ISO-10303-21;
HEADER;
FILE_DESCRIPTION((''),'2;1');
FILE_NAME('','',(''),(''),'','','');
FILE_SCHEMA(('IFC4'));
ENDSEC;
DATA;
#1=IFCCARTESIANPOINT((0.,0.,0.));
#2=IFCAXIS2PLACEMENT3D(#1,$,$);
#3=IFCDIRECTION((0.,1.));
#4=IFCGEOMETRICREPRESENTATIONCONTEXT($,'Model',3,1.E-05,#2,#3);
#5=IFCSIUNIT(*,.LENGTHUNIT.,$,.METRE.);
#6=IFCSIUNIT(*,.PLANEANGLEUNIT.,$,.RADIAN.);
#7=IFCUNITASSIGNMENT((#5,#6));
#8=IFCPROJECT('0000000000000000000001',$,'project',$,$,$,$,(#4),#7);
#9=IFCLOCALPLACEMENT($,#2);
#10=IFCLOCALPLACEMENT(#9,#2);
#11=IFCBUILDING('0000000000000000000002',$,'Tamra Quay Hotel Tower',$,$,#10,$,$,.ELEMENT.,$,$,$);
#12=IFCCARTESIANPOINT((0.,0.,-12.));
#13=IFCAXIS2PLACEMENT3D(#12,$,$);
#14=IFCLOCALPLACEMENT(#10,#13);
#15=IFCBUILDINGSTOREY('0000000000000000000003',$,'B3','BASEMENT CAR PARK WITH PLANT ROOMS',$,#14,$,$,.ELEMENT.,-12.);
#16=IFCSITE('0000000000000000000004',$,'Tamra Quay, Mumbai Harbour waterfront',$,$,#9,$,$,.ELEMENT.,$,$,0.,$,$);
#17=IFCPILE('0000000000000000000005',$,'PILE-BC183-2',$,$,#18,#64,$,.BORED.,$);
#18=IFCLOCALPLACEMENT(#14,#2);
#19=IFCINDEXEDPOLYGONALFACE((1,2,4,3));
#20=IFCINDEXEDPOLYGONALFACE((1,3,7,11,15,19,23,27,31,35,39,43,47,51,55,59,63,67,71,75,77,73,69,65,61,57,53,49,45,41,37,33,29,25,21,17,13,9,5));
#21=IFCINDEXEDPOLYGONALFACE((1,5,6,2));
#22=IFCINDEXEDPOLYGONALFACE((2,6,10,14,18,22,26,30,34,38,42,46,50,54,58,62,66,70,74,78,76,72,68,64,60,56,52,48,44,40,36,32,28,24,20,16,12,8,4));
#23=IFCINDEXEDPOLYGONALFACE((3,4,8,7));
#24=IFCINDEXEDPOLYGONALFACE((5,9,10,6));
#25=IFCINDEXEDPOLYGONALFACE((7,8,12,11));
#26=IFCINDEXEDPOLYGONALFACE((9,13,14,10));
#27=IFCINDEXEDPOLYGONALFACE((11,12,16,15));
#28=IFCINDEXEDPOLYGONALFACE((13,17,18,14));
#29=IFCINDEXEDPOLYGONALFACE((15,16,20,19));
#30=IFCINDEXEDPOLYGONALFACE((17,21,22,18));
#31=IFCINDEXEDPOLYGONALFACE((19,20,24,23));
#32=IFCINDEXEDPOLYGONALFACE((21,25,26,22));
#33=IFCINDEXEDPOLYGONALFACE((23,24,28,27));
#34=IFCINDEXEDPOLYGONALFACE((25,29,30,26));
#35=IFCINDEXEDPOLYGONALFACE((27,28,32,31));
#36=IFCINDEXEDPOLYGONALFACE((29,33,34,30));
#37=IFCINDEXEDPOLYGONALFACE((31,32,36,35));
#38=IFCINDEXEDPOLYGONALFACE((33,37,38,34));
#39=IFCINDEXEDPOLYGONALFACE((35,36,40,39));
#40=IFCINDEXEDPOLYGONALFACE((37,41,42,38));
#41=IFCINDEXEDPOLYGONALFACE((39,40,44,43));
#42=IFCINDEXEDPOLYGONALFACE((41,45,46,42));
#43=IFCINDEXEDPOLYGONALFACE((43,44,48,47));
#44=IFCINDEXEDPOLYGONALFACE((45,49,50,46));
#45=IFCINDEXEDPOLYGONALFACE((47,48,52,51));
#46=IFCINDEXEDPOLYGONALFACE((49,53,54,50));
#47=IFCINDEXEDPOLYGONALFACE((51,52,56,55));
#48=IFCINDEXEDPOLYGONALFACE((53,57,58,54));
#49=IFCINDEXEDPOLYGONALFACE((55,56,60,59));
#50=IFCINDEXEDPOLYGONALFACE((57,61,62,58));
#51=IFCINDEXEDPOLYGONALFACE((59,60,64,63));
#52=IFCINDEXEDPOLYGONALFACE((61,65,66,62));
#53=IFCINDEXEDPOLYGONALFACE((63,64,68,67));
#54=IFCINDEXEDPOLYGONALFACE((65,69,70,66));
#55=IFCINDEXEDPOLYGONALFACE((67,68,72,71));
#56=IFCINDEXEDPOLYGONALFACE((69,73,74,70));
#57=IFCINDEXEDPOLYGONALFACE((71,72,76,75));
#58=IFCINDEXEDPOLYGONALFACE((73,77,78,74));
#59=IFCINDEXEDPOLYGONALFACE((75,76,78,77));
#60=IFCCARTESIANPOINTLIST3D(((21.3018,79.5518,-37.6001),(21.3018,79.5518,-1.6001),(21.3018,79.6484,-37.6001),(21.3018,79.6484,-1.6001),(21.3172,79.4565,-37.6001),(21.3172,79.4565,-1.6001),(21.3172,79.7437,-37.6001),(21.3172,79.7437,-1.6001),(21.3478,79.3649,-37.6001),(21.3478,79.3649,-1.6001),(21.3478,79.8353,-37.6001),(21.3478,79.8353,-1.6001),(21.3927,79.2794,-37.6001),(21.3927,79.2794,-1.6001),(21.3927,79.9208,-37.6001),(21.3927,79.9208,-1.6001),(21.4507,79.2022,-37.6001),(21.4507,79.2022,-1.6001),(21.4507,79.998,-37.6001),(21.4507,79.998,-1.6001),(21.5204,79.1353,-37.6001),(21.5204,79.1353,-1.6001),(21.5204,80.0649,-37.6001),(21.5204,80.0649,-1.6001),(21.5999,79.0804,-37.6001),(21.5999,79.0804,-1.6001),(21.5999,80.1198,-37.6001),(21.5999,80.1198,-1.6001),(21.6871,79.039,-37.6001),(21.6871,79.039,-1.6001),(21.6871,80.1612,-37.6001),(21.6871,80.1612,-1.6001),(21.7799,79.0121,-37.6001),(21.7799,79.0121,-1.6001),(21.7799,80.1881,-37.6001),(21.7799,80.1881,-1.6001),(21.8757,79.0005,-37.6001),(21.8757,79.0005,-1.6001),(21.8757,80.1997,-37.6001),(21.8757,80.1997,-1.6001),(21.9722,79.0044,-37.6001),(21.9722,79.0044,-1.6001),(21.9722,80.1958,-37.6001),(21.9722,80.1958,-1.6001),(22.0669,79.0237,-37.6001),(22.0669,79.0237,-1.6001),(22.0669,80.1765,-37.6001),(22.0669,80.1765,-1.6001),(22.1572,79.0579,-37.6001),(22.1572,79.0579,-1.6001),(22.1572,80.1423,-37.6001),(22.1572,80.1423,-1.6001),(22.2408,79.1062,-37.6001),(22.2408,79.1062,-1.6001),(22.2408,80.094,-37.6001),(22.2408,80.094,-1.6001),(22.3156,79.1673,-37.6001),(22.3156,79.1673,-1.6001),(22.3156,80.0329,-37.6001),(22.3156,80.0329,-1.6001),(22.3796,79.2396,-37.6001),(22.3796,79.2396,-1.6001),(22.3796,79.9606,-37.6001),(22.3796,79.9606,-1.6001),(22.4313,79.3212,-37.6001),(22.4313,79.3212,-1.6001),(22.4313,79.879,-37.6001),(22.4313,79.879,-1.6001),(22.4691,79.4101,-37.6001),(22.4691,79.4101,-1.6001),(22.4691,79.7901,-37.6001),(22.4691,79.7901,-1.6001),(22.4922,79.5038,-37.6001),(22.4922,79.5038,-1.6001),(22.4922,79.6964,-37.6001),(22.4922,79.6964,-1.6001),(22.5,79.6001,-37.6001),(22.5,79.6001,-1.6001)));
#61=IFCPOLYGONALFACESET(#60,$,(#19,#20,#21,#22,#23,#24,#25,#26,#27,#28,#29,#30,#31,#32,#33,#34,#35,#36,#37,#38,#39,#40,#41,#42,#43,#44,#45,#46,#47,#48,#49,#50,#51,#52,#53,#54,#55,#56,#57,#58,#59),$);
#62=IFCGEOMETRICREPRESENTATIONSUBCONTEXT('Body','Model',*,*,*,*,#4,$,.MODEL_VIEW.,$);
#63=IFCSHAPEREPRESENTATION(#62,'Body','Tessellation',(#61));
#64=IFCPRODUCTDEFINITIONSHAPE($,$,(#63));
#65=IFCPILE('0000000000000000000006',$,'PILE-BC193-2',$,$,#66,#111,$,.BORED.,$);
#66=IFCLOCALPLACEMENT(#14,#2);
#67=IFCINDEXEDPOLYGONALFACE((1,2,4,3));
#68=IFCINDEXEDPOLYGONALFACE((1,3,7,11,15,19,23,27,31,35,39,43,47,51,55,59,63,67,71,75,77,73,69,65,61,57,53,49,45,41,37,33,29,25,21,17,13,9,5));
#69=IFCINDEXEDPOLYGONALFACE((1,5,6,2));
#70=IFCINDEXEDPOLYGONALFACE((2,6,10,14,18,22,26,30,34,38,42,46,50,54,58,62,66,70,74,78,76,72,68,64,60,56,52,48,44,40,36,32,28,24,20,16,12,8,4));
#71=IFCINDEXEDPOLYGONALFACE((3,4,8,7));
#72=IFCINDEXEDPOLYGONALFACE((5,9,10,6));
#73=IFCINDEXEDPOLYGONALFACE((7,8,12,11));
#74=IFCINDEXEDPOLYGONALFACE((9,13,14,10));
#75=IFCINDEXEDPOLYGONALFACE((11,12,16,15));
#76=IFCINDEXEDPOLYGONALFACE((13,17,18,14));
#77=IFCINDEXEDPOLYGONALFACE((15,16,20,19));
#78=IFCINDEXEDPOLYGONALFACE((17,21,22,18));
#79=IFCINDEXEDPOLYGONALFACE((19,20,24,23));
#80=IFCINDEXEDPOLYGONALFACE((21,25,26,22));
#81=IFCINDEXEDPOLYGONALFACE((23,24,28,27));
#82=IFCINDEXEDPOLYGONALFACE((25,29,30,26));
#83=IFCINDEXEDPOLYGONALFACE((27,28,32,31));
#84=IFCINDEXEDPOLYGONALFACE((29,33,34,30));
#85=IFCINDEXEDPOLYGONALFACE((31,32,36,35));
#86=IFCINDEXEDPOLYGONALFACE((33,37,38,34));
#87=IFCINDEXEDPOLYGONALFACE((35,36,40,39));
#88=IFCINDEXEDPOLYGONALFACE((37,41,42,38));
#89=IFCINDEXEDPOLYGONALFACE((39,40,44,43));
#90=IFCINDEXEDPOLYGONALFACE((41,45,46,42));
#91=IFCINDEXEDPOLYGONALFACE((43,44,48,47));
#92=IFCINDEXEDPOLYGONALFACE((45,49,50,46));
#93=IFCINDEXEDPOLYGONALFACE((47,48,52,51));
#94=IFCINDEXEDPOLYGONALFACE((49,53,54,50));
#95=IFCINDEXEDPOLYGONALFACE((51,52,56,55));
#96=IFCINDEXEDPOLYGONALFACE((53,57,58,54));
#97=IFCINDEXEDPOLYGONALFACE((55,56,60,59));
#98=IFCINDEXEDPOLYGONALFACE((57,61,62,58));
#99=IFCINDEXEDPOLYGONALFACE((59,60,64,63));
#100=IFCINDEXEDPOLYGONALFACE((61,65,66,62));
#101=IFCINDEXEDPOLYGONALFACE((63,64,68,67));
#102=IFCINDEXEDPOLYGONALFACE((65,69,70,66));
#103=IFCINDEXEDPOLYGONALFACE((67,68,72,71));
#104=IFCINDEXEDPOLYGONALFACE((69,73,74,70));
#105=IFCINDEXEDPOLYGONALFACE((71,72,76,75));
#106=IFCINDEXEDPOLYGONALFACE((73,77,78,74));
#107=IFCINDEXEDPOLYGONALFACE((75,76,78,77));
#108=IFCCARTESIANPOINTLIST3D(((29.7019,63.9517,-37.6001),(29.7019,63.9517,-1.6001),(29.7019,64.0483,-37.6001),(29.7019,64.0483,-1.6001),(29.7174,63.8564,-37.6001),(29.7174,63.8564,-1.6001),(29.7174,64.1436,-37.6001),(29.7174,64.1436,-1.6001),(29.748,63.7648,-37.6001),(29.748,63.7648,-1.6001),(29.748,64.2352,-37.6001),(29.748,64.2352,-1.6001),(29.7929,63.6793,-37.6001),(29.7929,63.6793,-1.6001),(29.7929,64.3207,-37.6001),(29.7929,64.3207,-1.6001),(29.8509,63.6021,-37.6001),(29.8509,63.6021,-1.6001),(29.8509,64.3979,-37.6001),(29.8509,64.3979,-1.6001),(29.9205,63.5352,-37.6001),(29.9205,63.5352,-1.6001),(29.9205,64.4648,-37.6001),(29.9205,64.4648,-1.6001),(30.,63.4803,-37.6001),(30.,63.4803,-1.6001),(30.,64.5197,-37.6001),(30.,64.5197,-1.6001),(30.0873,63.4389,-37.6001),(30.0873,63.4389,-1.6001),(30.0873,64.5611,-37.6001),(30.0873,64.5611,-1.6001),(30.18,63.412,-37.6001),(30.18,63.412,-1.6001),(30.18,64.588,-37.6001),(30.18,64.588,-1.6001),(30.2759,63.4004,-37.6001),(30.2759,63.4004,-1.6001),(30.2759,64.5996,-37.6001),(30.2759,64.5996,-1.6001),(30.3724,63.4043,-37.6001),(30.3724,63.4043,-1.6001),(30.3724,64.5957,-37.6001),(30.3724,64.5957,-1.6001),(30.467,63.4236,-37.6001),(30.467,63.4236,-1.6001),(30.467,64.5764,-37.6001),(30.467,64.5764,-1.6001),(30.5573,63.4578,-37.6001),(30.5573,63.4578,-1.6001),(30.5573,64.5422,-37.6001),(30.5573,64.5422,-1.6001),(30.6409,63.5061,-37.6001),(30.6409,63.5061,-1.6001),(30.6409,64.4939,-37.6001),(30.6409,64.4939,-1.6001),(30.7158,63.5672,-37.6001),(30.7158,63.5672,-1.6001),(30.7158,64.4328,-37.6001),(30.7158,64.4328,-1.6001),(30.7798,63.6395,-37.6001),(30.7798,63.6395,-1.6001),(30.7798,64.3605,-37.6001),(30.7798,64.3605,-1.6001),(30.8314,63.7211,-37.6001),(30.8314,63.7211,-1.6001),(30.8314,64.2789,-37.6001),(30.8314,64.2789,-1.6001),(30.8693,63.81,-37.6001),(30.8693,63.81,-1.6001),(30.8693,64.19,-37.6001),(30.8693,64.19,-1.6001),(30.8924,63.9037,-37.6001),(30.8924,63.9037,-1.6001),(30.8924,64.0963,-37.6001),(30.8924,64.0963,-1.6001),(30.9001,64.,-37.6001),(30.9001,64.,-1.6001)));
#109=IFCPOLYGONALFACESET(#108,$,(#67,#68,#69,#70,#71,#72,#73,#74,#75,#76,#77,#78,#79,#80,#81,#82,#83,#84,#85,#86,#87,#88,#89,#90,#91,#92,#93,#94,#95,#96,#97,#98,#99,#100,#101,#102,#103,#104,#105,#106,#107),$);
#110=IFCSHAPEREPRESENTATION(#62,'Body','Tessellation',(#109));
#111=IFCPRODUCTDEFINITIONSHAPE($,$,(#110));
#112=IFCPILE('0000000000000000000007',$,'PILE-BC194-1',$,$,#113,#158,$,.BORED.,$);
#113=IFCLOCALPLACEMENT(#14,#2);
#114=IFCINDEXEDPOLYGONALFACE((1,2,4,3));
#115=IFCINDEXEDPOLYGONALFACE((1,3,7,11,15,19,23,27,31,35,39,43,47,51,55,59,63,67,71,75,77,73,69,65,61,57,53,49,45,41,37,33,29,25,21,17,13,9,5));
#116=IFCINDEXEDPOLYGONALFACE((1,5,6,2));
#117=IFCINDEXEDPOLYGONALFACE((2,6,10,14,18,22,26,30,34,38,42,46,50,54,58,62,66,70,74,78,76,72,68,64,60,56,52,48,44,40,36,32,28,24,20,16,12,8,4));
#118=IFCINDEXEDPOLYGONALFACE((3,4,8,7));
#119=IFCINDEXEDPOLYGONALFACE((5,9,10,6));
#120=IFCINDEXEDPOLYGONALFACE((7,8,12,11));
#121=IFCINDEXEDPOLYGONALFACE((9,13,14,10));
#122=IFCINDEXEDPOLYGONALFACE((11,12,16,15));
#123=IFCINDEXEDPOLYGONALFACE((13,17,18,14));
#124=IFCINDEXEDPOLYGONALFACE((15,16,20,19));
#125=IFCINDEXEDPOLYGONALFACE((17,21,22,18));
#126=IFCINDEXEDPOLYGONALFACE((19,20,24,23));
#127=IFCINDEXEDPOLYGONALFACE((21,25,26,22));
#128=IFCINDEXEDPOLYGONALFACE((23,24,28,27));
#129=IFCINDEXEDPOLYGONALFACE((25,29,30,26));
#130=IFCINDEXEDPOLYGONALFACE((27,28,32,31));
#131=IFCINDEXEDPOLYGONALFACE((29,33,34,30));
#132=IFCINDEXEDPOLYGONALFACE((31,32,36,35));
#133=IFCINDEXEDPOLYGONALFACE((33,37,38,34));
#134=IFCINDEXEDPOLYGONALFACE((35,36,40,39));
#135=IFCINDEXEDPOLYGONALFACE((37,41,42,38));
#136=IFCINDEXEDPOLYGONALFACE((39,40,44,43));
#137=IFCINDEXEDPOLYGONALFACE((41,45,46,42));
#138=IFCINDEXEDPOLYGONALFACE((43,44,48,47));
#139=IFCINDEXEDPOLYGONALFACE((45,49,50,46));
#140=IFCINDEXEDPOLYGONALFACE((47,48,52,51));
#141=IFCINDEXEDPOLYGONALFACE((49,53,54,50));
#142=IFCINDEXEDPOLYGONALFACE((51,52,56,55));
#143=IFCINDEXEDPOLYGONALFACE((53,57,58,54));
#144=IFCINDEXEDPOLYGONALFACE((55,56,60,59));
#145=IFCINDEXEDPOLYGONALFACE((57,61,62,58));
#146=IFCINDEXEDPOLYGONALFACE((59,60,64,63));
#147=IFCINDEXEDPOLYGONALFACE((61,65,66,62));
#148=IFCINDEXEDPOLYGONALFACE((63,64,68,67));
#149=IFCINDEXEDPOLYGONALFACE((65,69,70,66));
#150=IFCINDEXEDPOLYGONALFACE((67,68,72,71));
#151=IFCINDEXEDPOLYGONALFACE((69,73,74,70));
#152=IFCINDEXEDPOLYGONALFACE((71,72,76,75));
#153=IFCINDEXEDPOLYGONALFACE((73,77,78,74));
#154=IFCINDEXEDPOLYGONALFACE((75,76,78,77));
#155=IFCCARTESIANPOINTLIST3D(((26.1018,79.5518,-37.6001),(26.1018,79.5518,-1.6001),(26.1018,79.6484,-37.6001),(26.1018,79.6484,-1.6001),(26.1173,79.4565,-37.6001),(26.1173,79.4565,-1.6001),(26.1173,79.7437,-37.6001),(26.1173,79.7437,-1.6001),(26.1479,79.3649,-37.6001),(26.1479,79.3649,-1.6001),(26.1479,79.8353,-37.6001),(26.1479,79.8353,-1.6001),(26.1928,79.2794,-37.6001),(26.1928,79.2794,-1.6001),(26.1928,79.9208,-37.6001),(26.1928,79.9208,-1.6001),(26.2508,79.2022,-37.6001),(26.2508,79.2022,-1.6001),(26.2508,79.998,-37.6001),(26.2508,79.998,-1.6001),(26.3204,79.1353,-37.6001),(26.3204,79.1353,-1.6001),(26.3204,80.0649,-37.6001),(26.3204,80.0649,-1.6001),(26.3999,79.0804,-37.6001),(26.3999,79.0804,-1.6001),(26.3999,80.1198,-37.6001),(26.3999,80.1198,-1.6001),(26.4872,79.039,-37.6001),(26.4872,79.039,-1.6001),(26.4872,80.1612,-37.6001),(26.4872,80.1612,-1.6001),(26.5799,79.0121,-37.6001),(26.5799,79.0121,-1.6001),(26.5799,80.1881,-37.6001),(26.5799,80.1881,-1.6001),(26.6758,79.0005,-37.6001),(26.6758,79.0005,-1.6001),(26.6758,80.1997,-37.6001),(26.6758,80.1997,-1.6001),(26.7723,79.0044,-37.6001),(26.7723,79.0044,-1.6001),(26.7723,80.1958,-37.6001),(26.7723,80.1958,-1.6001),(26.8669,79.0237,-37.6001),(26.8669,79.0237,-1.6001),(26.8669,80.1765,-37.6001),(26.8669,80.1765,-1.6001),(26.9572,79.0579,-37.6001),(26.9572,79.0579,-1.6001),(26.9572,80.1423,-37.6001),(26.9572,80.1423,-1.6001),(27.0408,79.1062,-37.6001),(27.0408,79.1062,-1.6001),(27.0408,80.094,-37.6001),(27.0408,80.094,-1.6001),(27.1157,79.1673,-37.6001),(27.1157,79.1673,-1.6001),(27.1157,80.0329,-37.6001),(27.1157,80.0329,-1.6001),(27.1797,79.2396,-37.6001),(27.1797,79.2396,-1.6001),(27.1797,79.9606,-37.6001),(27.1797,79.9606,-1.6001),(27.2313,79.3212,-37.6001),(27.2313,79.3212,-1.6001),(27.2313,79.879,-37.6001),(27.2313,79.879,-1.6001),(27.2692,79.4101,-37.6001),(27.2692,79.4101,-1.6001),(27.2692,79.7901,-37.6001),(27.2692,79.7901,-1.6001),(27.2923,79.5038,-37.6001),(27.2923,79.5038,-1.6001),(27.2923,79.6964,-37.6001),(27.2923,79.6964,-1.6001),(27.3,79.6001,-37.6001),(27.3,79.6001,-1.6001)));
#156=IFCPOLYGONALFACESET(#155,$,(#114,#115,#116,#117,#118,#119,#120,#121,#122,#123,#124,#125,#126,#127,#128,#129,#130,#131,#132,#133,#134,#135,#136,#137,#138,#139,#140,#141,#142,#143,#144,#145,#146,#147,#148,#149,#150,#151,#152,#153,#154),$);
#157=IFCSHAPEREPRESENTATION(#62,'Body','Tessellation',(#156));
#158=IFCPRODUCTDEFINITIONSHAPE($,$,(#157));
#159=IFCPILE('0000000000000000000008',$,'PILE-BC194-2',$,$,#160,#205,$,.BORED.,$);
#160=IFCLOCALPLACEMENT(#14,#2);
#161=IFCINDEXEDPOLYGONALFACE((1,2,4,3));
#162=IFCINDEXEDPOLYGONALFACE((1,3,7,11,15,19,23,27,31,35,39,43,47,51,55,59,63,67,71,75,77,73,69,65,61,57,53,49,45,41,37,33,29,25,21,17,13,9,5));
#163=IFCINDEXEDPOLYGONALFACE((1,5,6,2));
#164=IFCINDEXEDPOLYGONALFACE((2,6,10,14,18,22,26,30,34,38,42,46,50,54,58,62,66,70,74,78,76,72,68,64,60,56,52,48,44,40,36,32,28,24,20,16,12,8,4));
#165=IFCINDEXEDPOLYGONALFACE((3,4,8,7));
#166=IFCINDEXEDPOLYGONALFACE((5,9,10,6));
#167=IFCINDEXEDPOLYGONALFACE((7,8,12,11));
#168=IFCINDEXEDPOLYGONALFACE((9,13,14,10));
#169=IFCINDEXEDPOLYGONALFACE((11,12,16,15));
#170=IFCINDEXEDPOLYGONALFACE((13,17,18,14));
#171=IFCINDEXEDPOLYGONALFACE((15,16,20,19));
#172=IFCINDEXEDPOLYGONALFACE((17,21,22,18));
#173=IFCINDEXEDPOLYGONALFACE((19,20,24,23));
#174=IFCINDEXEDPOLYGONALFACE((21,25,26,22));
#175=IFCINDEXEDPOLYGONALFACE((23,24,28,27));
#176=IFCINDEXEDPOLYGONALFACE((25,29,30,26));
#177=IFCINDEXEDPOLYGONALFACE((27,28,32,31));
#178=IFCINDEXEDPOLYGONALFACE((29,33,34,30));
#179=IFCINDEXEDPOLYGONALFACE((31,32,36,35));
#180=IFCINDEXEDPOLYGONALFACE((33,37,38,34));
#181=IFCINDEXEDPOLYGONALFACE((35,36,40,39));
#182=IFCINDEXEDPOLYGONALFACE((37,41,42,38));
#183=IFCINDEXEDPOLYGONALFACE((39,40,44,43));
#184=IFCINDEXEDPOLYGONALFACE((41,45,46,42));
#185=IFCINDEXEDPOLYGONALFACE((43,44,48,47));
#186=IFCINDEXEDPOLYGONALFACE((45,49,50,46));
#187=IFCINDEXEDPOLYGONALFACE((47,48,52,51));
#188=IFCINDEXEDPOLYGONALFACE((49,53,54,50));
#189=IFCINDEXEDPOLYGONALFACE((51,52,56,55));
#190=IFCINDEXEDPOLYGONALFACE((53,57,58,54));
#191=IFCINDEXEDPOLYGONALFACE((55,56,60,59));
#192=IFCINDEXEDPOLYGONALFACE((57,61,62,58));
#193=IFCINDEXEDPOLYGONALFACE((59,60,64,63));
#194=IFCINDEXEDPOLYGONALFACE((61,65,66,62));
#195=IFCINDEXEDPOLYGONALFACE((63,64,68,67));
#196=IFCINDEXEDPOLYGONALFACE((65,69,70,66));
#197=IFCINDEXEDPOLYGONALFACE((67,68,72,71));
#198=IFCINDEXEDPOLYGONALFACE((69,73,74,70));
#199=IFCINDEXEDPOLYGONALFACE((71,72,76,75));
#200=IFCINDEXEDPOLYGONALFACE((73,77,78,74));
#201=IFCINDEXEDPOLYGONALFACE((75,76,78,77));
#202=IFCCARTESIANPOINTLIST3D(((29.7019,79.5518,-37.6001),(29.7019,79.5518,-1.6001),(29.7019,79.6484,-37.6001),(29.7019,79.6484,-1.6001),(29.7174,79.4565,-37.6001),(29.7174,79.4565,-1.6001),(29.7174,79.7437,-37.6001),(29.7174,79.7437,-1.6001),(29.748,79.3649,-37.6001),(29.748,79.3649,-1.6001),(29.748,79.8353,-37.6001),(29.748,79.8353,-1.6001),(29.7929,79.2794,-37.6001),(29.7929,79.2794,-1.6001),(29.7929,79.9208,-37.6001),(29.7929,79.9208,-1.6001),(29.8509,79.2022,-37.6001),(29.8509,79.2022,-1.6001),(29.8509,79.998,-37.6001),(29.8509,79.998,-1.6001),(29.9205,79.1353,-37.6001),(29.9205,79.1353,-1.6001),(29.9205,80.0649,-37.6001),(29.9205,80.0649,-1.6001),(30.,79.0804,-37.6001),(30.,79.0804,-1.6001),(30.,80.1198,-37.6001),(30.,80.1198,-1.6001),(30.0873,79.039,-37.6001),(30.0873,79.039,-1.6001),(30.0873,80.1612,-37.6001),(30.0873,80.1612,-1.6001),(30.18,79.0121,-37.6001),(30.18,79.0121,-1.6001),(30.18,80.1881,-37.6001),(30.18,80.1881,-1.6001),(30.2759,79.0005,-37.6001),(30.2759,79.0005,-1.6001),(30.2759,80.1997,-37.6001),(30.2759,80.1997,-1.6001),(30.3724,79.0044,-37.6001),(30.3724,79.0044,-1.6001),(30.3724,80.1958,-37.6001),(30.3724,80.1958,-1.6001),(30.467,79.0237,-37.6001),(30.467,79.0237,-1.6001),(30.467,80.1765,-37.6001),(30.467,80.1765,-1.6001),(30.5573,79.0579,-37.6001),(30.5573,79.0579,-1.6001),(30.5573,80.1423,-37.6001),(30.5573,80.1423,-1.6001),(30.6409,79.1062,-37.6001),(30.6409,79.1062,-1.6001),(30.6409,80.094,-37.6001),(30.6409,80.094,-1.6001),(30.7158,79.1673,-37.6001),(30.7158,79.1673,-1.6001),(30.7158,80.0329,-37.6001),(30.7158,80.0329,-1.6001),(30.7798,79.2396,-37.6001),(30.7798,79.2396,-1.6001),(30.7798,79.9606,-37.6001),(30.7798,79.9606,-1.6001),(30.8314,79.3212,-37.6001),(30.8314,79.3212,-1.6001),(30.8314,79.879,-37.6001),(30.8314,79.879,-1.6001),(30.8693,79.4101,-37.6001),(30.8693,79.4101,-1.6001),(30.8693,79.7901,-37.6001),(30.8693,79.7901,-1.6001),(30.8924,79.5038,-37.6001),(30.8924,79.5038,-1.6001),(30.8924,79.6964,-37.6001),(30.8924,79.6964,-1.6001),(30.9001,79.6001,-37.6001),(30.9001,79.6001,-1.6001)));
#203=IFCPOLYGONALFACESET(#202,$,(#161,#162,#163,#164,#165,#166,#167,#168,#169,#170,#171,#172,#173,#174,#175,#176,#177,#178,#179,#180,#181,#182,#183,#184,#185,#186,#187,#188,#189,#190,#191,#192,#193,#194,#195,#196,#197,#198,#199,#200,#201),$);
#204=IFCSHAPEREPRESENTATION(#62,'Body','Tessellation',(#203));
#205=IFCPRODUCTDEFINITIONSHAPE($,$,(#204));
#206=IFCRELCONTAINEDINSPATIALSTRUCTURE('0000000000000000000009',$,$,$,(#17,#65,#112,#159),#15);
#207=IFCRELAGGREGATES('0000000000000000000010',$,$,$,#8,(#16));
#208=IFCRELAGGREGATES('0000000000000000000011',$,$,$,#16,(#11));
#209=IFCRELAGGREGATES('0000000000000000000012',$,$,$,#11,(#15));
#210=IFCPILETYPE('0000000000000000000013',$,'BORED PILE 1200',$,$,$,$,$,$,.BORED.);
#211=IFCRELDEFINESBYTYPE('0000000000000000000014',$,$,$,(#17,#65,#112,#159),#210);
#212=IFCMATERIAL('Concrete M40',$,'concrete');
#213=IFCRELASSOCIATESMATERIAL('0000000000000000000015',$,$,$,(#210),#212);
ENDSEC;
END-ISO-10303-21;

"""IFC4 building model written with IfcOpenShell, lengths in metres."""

from ifc_helpers import new_model, si_unit, direction, frame, origin, origin_2d, place, context, subcontext, project, spatial, circle, extrude, material, material_profile, profile_set, type_object, element, save


model = new_model("IFC4")

# Units and contexts
model_context = context("Model", 3, precision=1e-05, world=origin(), true_north=direction((0.0, 1.0)))
body_context = subcontext(model_context, "Body", "Model", "MODEL_VIEW")
ifc_project = project(units=[si_unit("LENGTHUNIT", "METRE"), si_unit("PLANEANGLEUNIT", "RADIAN")], contexts=[model_context])

# Site, building, storey
site_placement = place(None, origin())
site = spatial("IfcSite", under=ifc_project, at=site_placement, Name="Tamra Quay, Mumbai Harbour waterfront", CompositionType="ELEMENT", RefElevation=0.0)
building_placement = place(site_placement, origin())
building = spatial("IfcBuilding", under=site, at=building_placement, Name="Tamra Quay Hotel Tower", CompositionType="ELEMENT")
storey_placement = place(building_placement, frame((0.0, 0.0, -12.0)))
storey = spatial("IfcBuildingStorey", under=building, at=storey_placement, Name="B3", Description="BASEMENT CAR PARK WITH PLANT ROOMS", CompositionType="ELEMENT", Elevation=-12.0)

# Piles
ifc_material_1 = material(Name="Concrete M40", Category="concrete")
ifc_material_profile_1 = material_profile(ifc_material_1, circle(Radius=0.6001, at=origin_2d()), Name="BORED PILE 1200")
ifc_profile_set_1 = profile_set([ifc_material_profile_1], Name="Concrete M40")
pile_type = type_object("IfcPileType", Name="BORED PILE 1200", PredefinedType="BORED", material=ifc_profile_set_1)
for number, where, z_axis, x_axis, name in (
    (1, (21.8999, 79.6001, -1.6001), (0.0, 0.0, -1.0), (1.0, 0.0, 0.0), "PILE-BC183-2"),
    (2, (30.3, 64.0, -1.6001), (0.0, 0.0, -1.0), (1.0, 0.0, 0.0), "PILE-BC193-2"),
    (3, (26.7, 79.6001, -1.6001), (0.0, 0.0, -1.0), (1.0, 0.0, 0.0), "PILE-BC194-1"),
    (4, (30.3, 79.6001, -1.6001), (0.0, 0.0, -1.0), (1.0, 0.0, 0.0), "PILE-BC194-2"),
):
    element("IfcPile", number, at=place(storey_placement, frame(where, z_axis=z_axis, x_axis=x_axis)), inside=storey, type_object=pile_type, Name=name, PredefinedType="BORED", context=body_context, shape_type="SweptSolid", body=[
        extrude(circle(Radius=0.6001, at=origin_2d()), origin(), (0.0, 0.0, 1.0), 36.0),
    ])

save(model, "model.ifc")
